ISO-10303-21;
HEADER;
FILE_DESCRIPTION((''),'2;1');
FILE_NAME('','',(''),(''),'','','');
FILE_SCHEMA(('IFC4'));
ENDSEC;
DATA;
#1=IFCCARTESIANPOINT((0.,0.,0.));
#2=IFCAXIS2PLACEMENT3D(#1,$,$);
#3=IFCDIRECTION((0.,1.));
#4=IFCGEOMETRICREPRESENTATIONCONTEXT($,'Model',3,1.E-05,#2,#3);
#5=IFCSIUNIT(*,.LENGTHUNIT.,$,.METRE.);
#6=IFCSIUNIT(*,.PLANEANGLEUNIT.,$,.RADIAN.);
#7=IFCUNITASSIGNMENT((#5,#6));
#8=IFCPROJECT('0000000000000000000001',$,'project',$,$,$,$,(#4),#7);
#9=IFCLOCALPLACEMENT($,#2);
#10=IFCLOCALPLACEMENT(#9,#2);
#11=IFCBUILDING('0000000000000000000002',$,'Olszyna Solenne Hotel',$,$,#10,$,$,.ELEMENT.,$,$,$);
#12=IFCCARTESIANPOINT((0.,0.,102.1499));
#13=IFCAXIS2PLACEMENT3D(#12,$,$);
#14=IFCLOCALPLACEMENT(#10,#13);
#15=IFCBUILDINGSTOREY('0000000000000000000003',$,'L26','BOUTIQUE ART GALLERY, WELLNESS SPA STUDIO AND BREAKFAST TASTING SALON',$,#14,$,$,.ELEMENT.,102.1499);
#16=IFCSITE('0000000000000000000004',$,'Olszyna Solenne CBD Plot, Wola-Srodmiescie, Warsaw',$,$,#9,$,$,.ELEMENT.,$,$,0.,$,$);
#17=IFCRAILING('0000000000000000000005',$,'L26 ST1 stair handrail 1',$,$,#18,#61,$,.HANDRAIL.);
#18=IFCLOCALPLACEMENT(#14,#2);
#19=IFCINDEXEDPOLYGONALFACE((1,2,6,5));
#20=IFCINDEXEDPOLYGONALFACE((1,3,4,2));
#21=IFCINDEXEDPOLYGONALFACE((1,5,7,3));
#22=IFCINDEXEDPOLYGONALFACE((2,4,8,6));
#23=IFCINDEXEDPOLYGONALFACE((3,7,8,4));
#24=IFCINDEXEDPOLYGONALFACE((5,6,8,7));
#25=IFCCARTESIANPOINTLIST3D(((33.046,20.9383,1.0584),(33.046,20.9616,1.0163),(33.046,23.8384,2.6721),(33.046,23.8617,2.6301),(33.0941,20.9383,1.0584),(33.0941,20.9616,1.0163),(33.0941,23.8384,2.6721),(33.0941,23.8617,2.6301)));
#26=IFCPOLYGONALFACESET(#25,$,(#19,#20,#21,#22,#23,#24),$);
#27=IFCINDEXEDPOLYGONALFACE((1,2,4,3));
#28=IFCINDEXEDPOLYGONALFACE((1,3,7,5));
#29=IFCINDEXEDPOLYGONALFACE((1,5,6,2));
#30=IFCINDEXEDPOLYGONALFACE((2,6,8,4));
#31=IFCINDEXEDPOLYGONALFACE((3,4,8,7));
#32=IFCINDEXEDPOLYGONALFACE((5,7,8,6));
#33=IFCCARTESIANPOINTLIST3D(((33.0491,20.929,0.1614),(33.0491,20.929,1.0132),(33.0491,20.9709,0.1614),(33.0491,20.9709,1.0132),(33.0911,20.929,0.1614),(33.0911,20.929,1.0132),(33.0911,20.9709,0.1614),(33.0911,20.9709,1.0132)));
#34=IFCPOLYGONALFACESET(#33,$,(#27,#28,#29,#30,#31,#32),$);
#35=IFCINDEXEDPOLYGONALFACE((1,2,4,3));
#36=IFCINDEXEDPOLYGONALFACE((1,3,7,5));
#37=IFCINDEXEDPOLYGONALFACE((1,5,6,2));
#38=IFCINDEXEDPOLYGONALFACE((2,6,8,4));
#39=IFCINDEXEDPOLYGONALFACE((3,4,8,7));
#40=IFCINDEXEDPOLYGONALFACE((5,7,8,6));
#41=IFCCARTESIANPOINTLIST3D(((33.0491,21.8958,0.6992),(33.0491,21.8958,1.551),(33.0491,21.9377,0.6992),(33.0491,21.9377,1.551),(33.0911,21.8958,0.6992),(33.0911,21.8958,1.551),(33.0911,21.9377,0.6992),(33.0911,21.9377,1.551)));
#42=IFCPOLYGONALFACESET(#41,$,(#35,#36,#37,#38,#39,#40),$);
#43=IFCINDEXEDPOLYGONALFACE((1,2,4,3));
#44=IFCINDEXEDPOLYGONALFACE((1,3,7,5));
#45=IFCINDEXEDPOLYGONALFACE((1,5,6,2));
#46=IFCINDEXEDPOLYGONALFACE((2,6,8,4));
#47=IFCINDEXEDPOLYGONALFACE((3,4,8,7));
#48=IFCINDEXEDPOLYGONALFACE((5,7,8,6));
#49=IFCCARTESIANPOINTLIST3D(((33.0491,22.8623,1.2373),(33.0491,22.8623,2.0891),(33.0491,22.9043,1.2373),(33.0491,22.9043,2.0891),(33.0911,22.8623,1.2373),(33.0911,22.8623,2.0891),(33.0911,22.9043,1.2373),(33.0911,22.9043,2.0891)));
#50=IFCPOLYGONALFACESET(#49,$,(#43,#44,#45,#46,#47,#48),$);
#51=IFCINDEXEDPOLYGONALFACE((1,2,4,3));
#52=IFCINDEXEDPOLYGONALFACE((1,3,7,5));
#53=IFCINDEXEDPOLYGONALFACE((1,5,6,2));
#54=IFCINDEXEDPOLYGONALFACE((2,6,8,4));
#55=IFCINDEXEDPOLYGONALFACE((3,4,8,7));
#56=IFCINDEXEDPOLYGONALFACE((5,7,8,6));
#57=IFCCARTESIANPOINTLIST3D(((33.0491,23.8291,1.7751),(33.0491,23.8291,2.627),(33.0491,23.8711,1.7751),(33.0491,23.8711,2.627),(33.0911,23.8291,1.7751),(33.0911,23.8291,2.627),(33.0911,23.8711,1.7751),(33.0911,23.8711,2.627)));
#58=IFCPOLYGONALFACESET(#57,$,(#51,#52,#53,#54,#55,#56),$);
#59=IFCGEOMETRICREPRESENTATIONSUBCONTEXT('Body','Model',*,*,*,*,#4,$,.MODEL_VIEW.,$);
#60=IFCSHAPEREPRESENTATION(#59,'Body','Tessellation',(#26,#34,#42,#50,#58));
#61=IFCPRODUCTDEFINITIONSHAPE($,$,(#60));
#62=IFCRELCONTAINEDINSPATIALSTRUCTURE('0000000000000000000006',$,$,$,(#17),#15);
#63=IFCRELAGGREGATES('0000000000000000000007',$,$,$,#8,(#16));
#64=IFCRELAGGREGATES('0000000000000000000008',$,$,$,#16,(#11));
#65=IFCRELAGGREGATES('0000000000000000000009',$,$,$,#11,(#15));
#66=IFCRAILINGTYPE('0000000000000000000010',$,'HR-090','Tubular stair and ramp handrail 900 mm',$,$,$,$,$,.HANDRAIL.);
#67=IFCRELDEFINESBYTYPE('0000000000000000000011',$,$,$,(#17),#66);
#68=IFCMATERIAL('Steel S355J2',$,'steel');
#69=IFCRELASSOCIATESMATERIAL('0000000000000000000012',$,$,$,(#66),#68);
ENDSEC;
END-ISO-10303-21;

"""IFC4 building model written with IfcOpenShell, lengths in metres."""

from ifc_helpers import new_model, si_unit, direction, frame, origin, origin_2d, place, context, subcontext, project, spatial, rectangle, extrude, material, type_object, element, save


model = new_model("IFC4")

# Units and contexts
model_context = context("Model", 3, precision=1e-05, world=origin(), true_north=direction((0.0, 1.0)))
body_context = subcontext(model_context, "Body", "Model", "MODEL_VIEW")
ifc_project = project(units=[si_unit("LENGTHUNIT", "METRE"), si_unit("PLANEANGLEUNIT", "RADIAN")], contexts=[model_context])

# Site, building, storey
site_placement = place(None, origin())
site = spatial("IfcSite", under=ifc_project, at=site_placement, Name="Olszyna Solenne CBD Plot, Wola-Srodmiescie, Warsaw", CompositionType="ELEMENT", RefElevation=0.0)
building_placement = place(site_placement, origin())
building = spatial("IfcBuilding", under=site, at=building_placement, Name="Olszyna Solenne Hotel", CompositionType="ELEMENT")
storey_placement = place(building_placement, frame((0.0, 0.0, 102.1499)))
storey = spatial("IfcBuildingStorey", under=building, at=storey_placement, Name="L26", Description="BOUTIQUE ART GALLERY, WELLNESS SPA STUDIO AND BREAKFAST TASTING SALON", CompositionType="ELEMENT", Elevation=102.1499)

# Shared definitions
ifc_material_1 = material(Name="Steel S355J2", Category="steel")

# Railing
railing_type_1 = type_object("IfcRailingType", Name="HR-090", Description="Tubular stair and ramp handrail 900 mm", PredefinedType="HANDRAIL", material=ifc_material_1)
railing_1_placement = place(storey_placement, frame((33.0701, 20.95, 0.1614)))
element("IfcRailing", 1, at=railing_1_placement, inside=storey, type_object=railing_type_1, Name="L26 ST1 stair handrail 1", PredefinedType="HANDRAIL", context=body_context, shape_type="SweptSolid", body=[
    extrude(rectangle(XDim=0.0481, YDim=0.0481, at=origin_2d()), frame((0.0, 0.0, 0.876), z_axis=(0.0, 0.873827, 0.486236), x_axis=(-1.0, 0.0, 0.0)), (0.0, 0.0, 1.0), 3.3188),
    extrude(rectangle(XDim=0.042, YDim=0.042, at=origin_2d()), origin(), (0.0, 0.0, 1.0), 0.8518),
    extrude(rectangle(XDim=0.042, YDim=0.042, at=origin_2d()), frame((0.0, 0.9668, 0.5378)), (0.0, 0.0, 1.0), 0.8518),
    extrude(rectangle(XDim=0.042, YDim=0.042, at=origin_2d()), frame((0.0, 1.9333, 1.0759)), (0.0, 0.0, 1.0), 0.8518),
    extrude(rectangle(XDim=0.042, YDim=0.042, at=origin_2d()), frame((0.0, 2.9001, 1.6138)), (0.0, 0.0, 1.0), 0.8518),
])

save(model, "model.ifc")
